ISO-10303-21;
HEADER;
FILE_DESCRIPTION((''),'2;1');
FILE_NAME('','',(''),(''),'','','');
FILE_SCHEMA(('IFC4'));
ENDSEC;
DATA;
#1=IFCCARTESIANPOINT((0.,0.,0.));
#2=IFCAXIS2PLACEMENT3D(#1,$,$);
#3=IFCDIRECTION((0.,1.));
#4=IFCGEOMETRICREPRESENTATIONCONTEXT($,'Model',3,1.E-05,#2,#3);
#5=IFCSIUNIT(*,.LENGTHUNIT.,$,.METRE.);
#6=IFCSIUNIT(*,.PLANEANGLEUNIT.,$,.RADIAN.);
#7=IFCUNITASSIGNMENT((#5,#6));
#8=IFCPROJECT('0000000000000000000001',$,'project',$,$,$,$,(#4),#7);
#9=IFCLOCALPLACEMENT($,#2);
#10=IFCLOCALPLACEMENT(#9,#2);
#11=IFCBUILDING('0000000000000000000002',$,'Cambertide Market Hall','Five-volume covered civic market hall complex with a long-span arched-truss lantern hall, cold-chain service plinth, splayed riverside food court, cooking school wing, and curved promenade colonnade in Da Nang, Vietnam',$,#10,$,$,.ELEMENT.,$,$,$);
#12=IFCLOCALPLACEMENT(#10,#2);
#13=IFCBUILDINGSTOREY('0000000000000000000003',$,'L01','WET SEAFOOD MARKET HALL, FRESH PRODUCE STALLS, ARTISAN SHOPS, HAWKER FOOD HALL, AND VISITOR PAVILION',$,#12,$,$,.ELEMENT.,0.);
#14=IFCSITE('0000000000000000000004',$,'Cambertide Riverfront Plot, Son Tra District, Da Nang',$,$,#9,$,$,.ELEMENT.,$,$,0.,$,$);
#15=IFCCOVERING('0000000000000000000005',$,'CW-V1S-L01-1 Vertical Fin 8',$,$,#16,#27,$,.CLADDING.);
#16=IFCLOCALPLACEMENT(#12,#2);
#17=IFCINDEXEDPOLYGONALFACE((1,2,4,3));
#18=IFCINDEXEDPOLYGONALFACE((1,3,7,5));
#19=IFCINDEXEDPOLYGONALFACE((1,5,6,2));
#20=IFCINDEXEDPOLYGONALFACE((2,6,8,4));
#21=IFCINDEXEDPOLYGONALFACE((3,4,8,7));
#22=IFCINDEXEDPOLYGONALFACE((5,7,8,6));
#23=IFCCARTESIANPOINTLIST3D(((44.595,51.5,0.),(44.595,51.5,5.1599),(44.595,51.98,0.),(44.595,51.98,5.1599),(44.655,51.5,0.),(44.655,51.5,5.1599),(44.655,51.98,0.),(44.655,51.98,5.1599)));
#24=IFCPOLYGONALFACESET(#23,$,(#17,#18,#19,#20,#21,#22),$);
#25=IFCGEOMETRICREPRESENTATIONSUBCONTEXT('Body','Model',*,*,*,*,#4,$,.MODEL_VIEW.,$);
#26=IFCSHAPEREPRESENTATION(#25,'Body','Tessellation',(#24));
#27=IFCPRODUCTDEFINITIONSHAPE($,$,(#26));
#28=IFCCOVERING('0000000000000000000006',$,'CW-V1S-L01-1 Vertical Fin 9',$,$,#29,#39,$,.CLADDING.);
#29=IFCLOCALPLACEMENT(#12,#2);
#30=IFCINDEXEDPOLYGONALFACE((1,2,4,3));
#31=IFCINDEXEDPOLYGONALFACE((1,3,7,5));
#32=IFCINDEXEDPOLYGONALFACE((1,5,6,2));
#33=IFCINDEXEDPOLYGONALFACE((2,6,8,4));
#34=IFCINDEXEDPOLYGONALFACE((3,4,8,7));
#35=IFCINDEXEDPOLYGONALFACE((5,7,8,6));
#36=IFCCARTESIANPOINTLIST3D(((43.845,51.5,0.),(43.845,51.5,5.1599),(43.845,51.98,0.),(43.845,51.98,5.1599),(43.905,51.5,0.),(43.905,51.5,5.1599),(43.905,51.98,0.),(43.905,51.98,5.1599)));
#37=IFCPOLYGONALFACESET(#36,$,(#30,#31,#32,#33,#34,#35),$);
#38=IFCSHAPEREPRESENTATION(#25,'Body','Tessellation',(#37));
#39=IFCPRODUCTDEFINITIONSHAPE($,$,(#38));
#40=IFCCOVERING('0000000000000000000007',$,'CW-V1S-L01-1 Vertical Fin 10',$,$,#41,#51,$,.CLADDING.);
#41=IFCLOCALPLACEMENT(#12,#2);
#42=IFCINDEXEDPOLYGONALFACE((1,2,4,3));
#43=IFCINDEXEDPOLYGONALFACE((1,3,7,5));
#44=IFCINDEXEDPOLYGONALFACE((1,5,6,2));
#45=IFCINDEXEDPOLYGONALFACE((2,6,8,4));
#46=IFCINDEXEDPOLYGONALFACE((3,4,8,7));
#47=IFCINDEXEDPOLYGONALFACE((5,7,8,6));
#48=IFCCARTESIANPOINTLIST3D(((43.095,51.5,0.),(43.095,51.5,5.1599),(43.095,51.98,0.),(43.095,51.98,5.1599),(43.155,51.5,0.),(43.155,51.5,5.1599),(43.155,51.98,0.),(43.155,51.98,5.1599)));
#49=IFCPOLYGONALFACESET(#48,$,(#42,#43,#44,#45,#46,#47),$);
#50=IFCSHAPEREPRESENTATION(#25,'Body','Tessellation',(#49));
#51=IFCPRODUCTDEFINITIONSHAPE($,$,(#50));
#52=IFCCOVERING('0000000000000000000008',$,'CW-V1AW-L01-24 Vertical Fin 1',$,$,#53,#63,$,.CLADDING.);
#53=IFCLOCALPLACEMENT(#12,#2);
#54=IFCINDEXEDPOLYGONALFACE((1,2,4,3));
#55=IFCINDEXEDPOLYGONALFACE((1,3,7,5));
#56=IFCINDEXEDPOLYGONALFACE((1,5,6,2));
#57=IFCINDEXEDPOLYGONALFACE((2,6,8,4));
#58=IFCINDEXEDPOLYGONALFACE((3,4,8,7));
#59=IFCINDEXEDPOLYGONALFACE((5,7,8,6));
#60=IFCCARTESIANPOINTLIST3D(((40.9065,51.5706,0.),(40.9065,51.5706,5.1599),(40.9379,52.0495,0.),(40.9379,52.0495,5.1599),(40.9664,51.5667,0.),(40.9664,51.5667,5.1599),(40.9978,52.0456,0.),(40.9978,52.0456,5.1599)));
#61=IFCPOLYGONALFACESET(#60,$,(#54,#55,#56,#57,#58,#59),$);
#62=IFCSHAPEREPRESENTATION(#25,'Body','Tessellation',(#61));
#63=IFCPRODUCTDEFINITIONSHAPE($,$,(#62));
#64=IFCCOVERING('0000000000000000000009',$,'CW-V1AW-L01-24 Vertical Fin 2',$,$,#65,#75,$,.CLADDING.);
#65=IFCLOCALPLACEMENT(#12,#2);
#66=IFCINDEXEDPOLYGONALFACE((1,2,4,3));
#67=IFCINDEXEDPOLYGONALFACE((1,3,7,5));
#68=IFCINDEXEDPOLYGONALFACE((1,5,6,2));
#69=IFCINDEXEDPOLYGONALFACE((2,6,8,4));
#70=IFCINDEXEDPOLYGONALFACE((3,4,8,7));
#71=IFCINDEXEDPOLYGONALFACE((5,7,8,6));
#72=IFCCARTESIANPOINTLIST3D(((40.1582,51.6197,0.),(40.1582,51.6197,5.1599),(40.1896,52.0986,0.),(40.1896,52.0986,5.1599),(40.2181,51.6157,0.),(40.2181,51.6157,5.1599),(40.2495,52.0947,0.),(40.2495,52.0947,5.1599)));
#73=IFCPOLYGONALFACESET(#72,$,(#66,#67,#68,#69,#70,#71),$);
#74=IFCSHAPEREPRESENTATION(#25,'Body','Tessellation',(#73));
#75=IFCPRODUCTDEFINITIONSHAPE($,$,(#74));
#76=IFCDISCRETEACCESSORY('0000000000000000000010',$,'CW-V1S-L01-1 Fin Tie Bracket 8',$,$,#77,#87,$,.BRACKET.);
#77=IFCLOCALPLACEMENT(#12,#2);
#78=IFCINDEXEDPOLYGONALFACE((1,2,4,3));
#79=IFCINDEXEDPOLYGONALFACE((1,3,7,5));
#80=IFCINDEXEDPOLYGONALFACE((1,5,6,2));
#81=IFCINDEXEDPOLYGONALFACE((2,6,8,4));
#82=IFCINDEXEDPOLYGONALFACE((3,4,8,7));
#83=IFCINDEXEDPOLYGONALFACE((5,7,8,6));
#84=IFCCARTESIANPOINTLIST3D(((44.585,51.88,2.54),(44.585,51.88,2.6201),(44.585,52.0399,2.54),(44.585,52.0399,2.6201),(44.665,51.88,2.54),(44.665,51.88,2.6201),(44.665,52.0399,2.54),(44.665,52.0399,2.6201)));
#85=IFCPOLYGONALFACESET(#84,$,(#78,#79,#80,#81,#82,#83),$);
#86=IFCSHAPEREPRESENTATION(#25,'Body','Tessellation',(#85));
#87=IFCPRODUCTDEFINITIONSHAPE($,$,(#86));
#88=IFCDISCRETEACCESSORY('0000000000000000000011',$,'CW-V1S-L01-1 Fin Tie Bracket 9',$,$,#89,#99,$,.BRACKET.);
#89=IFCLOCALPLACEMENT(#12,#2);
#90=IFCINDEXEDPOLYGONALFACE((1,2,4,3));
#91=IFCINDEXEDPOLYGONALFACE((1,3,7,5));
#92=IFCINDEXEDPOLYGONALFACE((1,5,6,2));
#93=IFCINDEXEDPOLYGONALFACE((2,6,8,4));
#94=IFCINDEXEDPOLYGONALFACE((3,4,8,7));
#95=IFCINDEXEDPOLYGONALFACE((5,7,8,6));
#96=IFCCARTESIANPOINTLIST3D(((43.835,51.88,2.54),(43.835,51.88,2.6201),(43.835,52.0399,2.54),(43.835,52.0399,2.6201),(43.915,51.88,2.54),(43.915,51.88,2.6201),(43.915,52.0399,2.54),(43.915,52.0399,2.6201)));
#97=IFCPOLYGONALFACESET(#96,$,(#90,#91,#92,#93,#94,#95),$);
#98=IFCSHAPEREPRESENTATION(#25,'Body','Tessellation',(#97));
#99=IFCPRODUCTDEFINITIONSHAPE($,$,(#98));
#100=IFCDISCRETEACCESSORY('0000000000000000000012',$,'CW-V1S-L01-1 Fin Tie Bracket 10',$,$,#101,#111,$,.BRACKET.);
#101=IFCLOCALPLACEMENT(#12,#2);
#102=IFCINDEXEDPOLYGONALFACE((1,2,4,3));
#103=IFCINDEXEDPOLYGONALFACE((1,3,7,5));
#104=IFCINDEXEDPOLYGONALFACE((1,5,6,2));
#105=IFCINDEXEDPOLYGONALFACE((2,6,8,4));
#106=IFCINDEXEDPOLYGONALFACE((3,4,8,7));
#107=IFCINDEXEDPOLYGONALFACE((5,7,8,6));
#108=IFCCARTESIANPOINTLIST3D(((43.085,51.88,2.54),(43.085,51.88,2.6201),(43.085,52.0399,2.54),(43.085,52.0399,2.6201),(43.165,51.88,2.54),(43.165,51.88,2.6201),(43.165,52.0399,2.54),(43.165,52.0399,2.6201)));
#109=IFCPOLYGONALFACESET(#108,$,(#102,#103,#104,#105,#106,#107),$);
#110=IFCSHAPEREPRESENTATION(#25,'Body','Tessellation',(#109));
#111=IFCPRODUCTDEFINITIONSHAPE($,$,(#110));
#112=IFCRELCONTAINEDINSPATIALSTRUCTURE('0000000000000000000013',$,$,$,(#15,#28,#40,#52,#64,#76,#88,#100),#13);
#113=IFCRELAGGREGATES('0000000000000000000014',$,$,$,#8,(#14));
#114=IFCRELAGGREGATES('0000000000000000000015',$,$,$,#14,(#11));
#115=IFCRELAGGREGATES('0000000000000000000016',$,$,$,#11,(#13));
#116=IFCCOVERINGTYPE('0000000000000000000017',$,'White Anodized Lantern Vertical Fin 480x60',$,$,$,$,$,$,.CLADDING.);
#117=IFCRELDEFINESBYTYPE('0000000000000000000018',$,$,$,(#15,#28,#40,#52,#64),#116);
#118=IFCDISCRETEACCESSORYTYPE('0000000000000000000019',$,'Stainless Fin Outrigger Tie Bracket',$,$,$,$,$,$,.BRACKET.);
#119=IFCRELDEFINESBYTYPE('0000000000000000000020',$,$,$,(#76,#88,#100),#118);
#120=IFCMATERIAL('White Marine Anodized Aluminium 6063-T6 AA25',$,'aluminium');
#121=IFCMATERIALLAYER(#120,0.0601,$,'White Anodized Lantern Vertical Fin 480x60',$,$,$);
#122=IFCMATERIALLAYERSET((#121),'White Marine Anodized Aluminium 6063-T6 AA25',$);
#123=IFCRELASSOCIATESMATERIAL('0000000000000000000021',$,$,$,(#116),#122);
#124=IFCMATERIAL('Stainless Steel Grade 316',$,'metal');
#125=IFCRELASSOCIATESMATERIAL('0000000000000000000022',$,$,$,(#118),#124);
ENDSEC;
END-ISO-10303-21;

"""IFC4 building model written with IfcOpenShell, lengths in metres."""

from ifc_helpers import new_model, si_unit, direction, frame, origin, origin_2d, place, context, subcontext, project, spatial, rectangle, extrude, material, layer, layer_set, type_object, element, save


model = new_model("IFC4")

# Units and contexts
model_context = context("Model", 3, precision=1e-05, world=origin(), true_north=direction((0.0, 1.0)))
body_context = subcontext(model_context, "Body", "Model", "MODEL_VIEW")
ifc_project = project(units=[si_unit("LENGTHUNIT", "METRE"), si_unit("PLANEANGLEUNIT", "RADIAN")], contexts=[model_context])

# Site, building, storey
site_placement = place(None, origin())
site = spatial("IfcSite", under=ifc_project, at=site_placement, Name="Cambertide Riverfront Plot, Son Tra District, Da Nang", CompositionType="ELEMENT", RefElevation=0.0)
building_placement = place(site_placement, origin())
building = spatial("IfcBuilding", under=site, at=building_placement, Name="Cambertide Market Hall", Description="Five-volume covered civic market hall complex with a long-span arched-truss lantern hall, cold-chain service plinth, splayed riverside food court, cooking school wing, and curved promenade colonnade in Da Nang, Vietnam", CompositionType="ELEMENT")
storey_placement = place(building_placement, origin())
storey = spatial("IfcBuildingStorey", under=building, at=storey_placement, Name="L01", Description="WET SEAFOOD MARKET HALL, FRESH PRODUCE STALLS, ARTISAN SHOPS, HAWKER FOOD HALL, AND VISITOR PAVILION", CompositionType="ELEMENT", Elevation=0.0)

# Coverings
ifc_material_1 = material(Name="White Marine Anodized Aluminium 6063-T6 AA25", Category="aluminium")
ifc_layer_1 = layer(ifc_material_1, 0.0601, Name="White Anodized Lantern Vertical Fin 480x60")
ifc_layer_set_1 = layer_set([ifc_layer_1], Name="White Marine Anodized Aluminium 6063-T6 AA25")
covering_type = type_object("IfcCoveringType", Name="White Anodized Lantern Vertical Fin 480x60", PredefinedType="CLADDING", material=ifc_layer_set_1)
for number, where, z_axis, x_axis, name in (
    (1, (44.625, 51.74, 0.0), (0.0, 0.0, 1.0), (-1.0, 0.0, 0.0), "CW-V1S-L01-1 Vertical Fin 8"),
    (2, (43.875, 51.74, 0.0), (0.0, 0.0, 1.0), (-1.0, 0.0, 0.0), "CW-V1S-L01-1 Vertical Fin 9"),
    (3, (43.125, 51.74, 0.0), (0.0, 0.0, 1.0), (-1.0, 0.0, 0.0), "CW-V1S-L01-1 Vertical Fin 10"),
    (4, (40.9521, 51.8081, 0.0), (0.0, 0.0, 1.0), (-0.997859, 0.065403, 0.0), "CW-V1AW-L01-24 Vertical Fin 1"),
    (5, (40.2039, 51.8572, 0.0), (0.0, 0.0, 1.0), (-0.997859, 0.065403, 0.0), "CW-V1AW-L01-24 Vertical Fin 2"),
):
    element("IfcCovering", number, at=place(storey_placement, frame(where, z_axis=z_axis, x_axis=x_axis)), inside=storey, type_object=covering_type, Name=name, PredefinedType="CLADDING", context=body_context, shape_type="SweptSolid", body=[
        extrude(rectangle(XDim=0.0601, YDim=0.48, at=origin_2d()), origin(), (0.0, 0.0, 1.0), 5.1599),
    ])

# Discrete accessories
ifc_material_2 = material(Name="Stainless Steel Grade 316", Category="metal")
discrete_accessory_type = type_object("IfcDiscreteAccessoryType", Name="Stainless Fin Outrigger Tie Bracket", PredefinedType="BRACKET", material=ifc_material_2)
for number, where, z_axis, x_axis, name in (
    (6, (44.625, 51.96, 2.54), (0.0, 0.0, 1.0), (-1.0, 0.0, 0.0), "CW-V1S-L01-1 Fin Tie Bracket 8"),
    (7, (43.875, 51.96, 2.54), (0.0, 0.0, 1.0), (-1.0, 0.0, 0.0), "CW-V1S-L01-1 Fin Tie Bracket 9"),
    (8, (43.125, 51.96, 2.54), (0.0, 0.0, 1.0), (-1.0, 0.0, 0.0), "CW-V1S-L01-1 Fin Tie Bracket 10"),
):
    element("IfcDiscreteAccessory", number, at=place(storey_placement, frame(where, z_axis=z_axis, x_axis=x_axis)), inside=storey, type_object=discrete_accessory_type, Name=name, PredefinedType="BRACKET", context=body_context, shape_type="SweptSolid", body=[
        extrude(rectangle(XDim=0.0801, YDim=0.1599, at=origin_2d()), origin(), (0.0, 0.0, 1.0), 0.0801),
    ])

save(model, "model.ifc")
